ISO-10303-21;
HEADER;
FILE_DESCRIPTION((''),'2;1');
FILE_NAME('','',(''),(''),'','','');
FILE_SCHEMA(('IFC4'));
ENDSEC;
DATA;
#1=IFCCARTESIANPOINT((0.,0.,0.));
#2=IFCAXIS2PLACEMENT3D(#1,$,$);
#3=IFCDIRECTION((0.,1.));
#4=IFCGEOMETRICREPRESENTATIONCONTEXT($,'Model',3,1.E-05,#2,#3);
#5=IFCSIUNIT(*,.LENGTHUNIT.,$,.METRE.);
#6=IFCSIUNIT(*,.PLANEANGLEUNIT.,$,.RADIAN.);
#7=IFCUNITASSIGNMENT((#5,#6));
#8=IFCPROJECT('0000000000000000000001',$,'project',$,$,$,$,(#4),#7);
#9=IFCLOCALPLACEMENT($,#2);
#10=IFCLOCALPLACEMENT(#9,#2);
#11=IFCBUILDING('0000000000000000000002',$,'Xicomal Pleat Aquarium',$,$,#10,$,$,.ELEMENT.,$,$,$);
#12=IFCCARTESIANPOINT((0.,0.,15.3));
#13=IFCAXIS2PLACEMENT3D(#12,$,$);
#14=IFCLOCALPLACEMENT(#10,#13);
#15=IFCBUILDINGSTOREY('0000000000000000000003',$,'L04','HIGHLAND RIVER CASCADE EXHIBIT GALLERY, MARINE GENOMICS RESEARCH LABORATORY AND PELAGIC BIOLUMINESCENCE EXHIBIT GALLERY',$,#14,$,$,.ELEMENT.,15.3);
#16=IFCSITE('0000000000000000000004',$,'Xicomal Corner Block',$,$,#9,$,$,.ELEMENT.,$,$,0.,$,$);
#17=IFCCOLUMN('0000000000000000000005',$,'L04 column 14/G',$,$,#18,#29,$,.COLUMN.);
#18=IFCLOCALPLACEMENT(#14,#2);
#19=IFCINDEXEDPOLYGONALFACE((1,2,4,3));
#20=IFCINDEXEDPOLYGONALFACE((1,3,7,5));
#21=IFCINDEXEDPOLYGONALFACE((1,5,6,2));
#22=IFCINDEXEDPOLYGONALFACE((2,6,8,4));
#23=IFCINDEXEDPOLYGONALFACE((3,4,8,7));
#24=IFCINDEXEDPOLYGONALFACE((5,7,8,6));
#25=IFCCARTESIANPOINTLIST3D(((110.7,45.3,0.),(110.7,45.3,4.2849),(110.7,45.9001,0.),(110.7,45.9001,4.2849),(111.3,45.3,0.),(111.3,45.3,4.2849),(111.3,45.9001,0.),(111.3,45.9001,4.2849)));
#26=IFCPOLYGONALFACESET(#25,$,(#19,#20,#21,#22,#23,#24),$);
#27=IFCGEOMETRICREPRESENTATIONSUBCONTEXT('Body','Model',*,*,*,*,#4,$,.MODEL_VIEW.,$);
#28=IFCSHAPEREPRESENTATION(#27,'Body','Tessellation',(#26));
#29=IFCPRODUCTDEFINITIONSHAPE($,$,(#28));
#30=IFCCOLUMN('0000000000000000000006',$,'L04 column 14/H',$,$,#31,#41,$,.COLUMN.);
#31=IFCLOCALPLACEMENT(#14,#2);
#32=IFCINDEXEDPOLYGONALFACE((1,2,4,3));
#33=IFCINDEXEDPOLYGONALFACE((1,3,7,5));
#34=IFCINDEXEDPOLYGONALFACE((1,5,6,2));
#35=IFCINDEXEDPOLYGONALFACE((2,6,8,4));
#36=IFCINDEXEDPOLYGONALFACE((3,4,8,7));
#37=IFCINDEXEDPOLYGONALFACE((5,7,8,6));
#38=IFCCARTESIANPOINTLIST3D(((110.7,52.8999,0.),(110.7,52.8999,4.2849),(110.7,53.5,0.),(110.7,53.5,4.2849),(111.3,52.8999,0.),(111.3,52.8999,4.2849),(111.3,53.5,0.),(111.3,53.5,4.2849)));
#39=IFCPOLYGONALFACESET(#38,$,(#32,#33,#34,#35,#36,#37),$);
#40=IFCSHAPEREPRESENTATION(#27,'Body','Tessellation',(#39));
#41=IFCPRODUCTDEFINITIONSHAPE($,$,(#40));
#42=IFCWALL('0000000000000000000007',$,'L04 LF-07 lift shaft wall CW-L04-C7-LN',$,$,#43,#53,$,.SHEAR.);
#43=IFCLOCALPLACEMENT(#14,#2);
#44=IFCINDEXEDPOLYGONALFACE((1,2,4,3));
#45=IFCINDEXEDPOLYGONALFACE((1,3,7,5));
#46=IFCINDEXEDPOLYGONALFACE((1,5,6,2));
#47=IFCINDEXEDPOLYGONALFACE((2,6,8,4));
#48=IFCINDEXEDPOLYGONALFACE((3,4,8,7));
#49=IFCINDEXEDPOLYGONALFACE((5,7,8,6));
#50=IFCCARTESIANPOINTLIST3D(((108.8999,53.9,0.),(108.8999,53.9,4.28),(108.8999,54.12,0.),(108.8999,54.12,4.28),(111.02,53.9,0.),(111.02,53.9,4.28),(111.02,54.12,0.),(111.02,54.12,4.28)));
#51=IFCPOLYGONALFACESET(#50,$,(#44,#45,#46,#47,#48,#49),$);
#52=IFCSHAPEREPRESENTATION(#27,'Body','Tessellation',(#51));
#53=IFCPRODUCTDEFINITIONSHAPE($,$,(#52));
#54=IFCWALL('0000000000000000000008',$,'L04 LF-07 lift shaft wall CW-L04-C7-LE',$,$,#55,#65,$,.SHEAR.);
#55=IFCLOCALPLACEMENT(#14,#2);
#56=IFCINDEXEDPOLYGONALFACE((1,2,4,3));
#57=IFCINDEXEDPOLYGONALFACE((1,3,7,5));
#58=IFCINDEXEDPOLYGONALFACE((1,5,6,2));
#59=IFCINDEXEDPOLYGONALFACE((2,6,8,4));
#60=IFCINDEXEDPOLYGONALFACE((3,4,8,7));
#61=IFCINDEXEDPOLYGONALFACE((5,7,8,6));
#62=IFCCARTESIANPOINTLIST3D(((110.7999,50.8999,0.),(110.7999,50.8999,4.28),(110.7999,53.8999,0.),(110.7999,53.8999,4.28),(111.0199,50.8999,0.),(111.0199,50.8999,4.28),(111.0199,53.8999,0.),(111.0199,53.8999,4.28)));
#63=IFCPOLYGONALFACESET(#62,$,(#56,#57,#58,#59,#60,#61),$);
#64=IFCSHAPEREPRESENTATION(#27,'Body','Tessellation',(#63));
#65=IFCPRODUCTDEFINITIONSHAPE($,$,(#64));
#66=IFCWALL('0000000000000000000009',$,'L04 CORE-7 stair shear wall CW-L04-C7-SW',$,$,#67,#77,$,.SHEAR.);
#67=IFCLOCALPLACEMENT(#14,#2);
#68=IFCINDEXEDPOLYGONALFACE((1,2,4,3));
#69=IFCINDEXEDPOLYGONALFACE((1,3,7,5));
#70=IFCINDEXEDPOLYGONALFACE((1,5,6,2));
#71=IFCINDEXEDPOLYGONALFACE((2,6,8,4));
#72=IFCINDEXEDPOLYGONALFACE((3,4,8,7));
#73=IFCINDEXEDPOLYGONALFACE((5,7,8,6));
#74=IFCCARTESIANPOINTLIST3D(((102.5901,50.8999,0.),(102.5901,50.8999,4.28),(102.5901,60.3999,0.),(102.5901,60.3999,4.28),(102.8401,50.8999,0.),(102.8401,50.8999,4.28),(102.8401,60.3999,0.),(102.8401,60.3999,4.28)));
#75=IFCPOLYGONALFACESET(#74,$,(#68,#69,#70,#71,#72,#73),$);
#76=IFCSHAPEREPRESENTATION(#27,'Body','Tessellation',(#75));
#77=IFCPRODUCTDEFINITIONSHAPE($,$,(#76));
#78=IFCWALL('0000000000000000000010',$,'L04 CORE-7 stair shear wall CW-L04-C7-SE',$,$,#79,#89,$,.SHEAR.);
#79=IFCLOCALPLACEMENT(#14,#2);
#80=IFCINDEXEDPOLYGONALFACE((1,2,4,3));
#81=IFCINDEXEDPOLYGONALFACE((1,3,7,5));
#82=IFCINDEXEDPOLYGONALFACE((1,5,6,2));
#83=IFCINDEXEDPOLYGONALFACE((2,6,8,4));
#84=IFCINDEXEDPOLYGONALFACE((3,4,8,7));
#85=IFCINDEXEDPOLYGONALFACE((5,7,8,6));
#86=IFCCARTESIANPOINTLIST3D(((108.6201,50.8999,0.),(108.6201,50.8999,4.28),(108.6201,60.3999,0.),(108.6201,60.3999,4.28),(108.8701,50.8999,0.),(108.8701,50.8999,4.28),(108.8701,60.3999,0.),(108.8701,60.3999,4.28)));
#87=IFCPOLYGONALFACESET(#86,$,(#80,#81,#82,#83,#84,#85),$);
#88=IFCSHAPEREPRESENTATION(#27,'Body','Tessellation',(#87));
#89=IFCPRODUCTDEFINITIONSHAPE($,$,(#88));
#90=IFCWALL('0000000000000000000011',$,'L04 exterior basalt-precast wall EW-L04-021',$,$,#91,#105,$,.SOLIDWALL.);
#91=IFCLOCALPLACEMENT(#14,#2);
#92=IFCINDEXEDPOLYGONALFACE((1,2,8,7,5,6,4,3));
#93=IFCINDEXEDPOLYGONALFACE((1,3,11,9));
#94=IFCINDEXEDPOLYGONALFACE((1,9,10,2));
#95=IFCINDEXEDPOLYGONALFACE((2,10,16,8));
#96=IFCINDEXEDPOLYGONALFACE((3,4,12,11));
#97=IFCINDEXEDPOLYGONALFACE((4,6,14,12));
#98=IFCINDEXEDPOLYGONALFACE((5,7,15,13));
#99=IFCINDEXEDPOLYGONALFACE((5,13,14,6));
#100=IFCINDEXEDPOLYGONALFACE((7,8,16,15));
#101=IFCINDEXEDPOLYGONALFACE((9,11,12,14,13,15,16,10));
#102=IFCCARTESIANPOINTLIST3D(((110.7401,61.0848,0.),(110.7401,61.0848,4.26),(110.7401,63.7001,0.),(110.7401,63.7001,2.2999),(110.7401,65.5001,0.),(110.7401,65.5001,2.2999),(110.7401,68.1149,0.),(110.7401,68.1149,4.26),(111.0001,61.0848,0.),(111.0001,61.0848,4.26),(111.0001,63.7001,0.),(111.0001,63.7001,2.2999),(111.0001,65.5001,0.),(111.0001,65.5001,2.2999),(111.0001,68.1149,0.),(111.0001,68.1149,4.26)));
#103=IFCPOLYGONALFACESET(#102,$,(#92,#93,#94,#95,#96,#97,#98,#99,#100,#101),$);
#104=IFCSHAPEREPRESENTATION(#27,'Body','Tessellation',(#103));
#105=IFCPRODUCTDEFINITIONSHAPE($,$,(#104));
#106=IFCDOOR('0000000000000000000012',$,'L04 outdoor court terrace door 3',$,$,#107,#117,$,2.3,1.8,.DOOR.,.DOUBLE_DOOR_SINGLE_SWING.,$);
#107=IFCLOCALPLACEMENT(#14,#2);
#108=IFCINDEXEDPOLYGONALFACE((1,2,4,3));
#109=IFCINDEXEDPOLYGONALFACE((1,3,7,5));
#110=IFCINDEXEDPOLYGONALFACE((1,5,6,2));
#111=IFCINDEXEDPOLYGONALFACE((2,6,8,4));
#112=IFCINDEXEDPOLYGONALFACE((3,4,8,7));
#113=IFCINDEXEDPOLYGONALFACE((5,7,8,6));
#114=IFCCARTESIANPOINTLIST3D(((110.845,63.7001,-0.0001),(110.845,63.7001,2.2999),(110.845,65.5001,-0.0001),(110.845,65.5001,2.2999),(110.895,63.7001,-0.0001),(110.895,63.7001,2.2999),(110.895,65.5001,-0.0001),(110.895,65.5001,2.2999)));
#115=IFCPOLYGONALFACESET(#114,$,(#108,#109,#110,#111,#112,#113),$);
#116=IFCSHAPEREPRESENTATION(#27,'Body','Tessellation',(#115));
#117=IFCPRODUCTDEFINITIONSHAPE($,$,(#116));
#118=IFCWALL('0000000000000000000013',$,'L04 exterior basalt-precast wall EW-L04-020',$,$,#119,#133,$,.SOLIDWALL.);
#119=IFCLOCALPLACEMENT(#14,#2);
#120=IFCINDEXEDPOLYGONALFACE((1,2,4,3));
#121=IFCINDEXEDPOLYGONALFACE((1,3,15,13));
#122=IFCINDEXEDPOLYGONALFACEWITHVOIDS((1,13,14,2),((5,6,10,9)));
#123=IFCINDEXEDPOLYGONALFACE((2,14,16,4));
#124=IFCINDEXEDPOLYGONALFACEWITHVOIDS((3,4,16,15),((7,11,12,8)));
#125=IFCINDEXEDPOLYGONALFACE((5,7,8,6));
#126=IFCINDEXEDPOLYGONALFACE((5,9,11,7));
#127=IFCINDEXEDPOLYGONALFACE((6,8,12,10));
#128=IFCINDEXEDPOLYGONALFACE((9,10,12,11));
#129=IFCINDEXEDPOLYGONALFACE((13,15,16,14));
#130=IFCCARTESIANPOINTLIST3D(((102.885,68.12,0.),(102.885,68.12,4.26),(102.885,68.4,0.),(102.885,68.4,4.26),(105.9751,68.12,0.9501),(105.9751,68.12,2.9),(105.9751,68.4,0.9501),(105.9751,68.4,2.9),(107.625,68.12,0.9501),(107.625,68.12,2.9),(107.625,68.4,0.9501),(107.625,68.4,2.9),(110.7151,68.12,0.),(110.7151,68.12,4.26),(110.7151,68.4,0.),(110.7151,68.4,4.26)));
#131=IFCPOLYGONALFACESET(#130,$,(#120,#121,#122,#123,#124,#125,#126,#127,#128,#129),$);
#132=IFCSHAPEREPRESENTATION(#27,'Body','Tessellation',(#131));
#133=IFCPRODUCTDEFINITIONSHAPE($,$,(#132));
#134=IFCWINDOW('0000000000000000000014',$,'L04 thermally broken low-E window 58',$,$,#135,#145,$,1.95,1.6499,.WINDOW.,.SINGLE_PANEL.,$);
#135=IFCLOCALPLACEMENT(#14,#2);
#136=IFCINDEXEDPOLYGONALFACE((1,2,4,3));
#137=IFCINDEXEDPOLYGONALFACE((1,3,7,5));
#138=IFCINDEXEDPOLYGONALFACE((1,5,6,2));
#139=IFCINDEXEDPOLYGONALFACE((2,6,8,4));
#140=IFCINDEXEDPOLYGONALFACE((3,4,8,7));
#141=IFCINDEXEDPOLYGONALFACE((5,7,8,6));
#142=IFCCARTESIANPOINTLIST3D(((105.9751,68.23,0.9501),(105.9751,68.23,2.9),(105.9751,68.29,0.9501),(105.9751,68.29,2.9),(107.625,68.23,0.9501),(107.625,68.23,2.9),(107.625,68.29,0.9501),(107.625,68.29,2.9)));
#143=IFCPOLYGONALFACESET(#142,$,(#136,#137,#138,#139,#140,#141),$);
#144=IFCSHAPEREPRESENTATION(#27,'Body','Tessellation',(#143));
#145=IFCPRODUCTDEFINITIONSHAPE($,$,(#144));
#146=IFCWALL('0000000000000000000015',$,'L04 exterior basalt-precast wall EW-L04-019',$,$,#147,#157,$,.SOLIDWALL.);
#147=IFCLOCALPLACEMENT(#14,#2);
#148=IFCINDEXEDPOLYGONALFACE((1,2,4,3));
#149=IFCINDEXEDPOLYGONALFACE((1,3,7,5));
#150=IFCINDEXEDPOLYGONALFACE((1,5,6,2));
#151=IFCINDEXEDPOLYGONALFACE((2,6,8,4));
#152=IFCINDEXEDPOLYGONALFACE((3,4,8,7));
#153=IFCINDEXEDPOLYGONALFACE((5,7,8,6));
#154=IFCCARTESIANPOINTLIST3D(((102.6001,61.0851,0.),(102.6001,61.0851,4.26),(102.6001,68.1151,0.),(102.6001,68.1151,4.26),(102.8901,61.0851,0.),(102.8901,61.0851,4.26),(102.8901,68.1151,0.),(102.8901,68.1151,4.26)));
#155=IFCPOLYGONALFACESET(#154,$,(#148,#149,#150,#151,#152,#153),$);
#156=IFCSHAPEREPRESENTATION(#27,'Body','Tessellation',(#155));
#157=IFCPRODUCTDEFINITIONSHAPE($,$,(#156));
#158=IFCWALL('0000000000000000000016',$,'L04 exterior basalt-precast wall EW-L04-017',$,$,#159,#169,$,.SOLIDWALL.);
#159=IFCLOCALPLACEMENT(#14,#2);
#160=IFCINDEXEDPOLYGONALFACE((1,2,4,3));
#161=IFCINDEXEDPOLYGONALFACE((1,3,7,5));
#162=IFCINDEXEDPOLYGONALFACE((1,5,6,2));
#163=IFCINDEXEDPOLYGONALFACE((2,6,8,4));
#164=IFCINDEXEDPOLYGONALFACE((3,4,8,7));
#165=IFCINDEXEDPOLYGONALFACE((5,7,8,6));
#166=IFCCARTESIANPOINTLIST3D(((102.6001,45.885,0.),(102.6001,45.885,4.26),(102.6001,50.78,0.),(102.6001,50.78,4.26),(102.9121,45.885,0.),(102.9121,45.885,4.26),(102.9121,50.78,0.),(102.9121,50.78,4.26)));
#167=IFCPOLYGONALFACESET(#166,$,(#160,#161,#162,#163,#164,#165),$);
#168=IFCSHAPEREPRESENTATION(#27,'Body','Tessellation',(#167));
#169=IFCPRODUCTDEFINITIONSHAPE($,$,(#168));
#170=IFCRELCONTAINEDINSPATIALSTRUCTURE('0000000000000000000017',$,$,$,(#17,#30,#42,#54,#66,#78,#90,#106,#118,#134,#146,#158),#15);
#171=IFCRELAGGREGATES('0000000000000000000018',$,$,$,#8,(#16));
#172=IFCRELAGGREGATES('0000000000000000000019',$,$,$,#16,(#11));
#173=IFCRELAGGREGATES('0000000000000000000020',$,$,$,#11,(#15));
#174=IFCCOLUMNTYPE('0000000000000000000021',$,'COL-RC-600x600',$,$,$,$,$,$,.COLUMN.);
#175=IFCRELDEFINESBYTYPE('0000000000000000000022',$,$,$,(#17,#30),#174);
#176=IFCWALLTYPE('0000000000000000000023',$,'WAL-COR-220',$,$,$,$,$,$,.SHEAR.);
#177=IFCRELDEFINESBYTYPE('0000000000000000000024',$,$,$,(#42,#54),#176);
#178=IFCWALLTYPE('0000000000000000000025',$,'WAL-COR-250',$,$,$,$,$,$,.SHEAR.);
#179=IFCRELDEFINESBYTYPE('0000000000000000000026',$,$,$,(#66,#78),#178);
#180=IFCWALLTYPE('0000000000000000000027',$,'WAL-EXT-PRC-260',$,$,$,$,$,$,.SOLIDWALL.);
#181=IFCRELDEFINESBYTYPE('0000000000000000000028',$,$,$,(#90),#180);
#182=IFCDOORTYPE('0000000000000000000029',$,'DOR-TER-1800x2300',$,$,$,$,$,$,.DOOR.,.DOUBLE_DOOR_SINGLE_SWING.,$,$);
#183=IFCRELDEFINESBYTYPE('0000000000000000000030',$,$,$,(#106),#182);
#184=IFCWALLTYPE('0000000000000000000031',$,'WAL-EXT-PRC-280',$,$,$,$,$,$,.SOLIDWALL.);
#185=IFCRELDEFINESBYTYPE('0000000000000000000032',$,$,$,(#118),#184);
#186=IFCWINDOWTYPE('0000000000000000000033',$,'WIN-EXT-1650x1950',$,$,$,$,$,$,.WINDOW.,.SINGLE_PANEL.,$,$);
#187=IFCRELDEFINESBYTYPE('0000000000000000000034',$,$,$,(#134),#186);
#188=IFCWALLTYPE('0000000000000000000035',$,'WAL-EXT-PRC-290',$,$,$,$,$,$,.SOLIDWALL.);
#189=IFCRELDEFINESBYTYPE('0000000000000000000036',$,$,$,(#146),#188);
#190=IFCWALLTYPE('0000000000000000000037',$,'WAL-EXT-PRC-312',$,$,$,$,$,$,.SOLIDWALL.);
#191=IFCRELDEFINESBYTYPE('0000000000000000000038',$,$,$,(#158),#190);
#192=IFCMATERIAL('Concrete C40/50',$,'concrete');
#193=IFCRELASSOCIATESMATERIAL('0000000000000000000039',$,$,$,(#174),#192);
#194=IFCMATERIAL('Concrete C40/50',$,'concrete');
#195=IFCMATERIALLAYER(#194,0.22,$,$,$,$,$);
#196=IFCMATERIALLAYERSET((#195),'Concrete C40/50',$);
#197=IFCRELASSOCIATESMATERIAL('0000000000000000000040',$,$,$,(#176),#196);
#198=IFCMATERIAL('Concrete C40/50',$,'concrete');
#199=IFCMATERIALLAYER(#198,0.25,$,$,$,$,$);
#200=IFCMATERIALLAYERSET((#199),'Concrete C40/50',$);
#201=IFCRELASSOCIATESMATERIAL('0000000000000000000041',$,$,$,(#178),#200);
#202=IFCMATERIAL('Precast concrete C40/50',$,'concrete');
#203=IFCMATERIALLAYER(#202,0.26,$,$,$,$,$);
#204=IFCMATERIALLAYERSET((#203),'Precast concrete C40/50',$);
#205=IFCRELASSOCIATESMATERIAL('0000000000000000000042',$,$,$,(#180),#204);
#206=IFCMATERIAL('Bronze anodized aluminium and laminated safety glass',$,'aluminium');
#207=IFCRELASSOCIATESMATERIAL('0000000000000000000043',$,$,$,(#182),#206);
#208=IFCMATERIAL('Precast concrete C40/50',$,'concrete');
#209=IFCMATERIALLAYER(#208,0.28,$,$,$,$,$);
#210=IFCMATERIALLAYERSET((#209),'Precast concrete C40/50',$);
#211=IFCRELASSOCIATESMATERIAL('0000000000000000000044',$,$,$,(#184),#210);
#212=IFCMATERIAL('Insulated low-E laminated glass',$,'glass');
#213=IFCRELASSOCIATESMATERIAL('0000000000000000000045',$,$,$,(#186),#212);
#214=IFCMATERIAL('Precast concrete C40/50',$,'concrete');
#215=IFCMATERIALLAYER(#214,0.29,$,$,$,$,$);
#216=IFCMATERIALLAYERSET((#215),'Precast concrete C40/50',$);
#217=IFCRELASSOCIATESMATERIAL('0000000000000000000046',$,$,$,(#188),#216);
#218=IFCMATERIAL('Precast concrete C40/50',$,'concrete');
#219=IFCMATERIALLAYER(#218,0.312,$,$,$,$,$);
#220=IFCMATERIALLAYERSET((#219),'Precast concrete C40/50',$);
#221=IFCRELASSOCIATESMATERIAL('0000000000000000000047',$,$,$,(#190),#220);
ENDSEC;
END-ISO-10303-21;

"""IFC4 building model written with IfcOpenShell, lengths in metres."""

from ifc_helpers import new_model, si_unit, direction, frame, frame_2d, origin, origin_2d, place, context, subcontext, project, spatial, rectangle, extrude, material, layer, layer_set, material_profile, profile_set, type_object, element, fill, save


model = new_model("IFC4")

# Units and contexts
model_context = context("Model", 3, precision=1e-05, world=origin(), true_north=direction((0.0, 1.0)))
body_context = subcontext(model_context, "Body", "Model", "MODEL_VIEW")
ifc_project = project(units=[si_unit("LENGTHUNIT", "METRE"), si_unit("PLANEANGLEUNIT", "RADIAN")], contexts=[model_context])

# Site, building, storey
site_placement = place(None, origin())
site = spatial("IfcSite", under=ifc_project, at=site_placement, Name="Xicomal Corner Block", CompositionType="ELEMENT", RefElevation=0.0)
building_placement = place(site_placement, origin())
building = spatial("IfcBuilding", under=site, at=building_placement, Name="Xicomal Pleat Aquarium", CompositionType="ELEMENT")
storey_placement = place(building_placement, frame((0.0, 0.0, 15.3)))
storey = spatial("IfcBuildingStorey", under=building, at=storey_placement, Name="L04", Description="HIGHLAND RIVER CASCADE EXHIBIT GALLERY, MARINE GENOMICS RESEARCH LABORATORY AND PELAGIC BIOLUMINESCENCE EXHIBIT GALLERY", CompositionType="ELEMENT", Elevation=15.3)

# Columns
ifc_material_1 = material(Name="Concrete C40/50", Category="concrete")
ifc_material_profile = material_profile(ifc_material_1, rectangle(XDim=0.6001, YDim=0.6001, at=origin_2d()), Name="RC 600x600")
ifc_profile_set = profile_set([ifc_material_profile], Name="Concrete C40/50")
column_type = type_object("IfcColumnType", Name="COL-RC-600x600", PredefinedType="COLUMN", material=ifc_profile_set)
for number, where, z_axis, x_axis, name in (
    (1, (111.0, 45.6001, 0.0), (0.0, 0.0, 1.0), (1.0, 0.0, 0.0), "L04 column 14/G"),
    (2, (111.0, 53.2, 0.0), (0.0, 0.0, 1.0), (1.0, 0.0, 0.0), "L04 column 14/H"),
):
    element("IfcColumn", number, at=place(storey_placement, frame(where, z_axis=z_axis, x_axis=x_axis)), inside=storey, type_object=column_type, Name=name, PredefinedType="COLUMN", context=body_context, shape_type="SweptSolid", body=[
        extrude(rectangle(XDim=0.6001, YDim=0.6001, at=origin_2d()), origin(), (0.0, 0.0, 1.0), 4.2849),
    ])

# Shared definitions
ifc_material_2 = material(Name="Concrete C40/50", Category="concrete")
ifc_layer_1 = layer(ifc_material_2, 0.22)
ifc_layer_set_1 = layer_set([ifc_layer_1], Name="Concrete C40/50")
wall_type_1 = type_object("IfcWallType", Name="WAL-COR-220", PredefinedType="SHEAR", material=ifc_layer_set_1)

# Walls
wall_1_placement = place(storey_placement, frame((108.8999, 54.01, 0.0), z_axis=(0.0, 0.0, 1.0), x_axis=(1.0, 0.0, 0.0)))
element("IfcWall", 3, at=wall_1_placement, inside=storey, type_object=wall_type_1, Name="L04 LF-07 lift shaft wall CW-L04-C7-LN", PredefinedType="SHEAR", context=body_context, shape_type="SweptSolid", body=[
    extrude(rectangle(XDim=2.1201, YDim=0.22, at=frame_2d((1.0601, 0.0))), origin(), (0.0, 0.0, 1.0), 4.28),
])
wall_2_placement = place(storey_placement, frame((110.9099, 50.8999, 0.0), z_axis=(0.0, 0.0, 1.0), x_axis=(0.0, 1.0, 0.0)))
element("IfcWall", 4, at=wall_2_placement, inside=storey, type_object=wall_type_1, Name="L04 LF-07 lift shaft wall CW-L04-C7-LE", PredefinedType="SHEAR", context=body_context, shape_type="SweptSolid", body=[
    extrude(rectangle(XDim=3.0, YDim=0.22, at=frame_2d((1.5, 0.0))), origin(), (0.0, 0.0, 1.0), 4.28),
])
ifc_material_3 = material(Name="Concrete C40/50", Category="concrete")
ifc_layer_2 = layer(ifc_material_3, 0.25)
ifc_layer_set_2 = layer_set([ifc_layer_2], Name="Concrete C40/50")
wall_type_2 = type_object("IfcWallType", Name="WAL-COR-250", PredefinedType="SHEAR", material=ifc_layer_set_2)
for number, where, z_axis, x_axis, name in (
    (5, (102.7151, 50.8999, 0.0), (0.0, 0.0, 1.0), (0.0, 1.0, 0.0), "L04 CORE-7 stair shear wall CW-L04-C7-SW"),
    (6, (108.7451, 50.8999, 0.0), (0.0, 0.0, 1.0), (0.0, 1.0, 0.0), "L04 CORE-7 stair shear wall CW-L04-C7-SE"),
):
    element("IfcWall", number, at=place(storey_placement, frame(where, z_axis=z_axis, x_axis=x_axis)), inside=storey, type_object=wall_type_2, Name=name, PredefinedType="SHEAR", context=body_context, shape_type="SweptSolid", body=[
        extrude(rectangle(XDim=9.5, YDim=0.25, at=frame_2d((4.75, 0.0))), origin(), (0.0, 0.0, 1.0), 4.28),
    ])

# Wall, opening, door
ifc_material_4 = material(Name="Precast concrete C40/50", Category="concrete")
ifc_layer_3 = layer(ifc_material_4, 0.26)
ifc_layer_set_3 = layer_set([ifc_layer_3], Name="Precast concrete C40/50")
wall_type_3 = type_object("IfcWallType", Name="WAL-EXT-PRC-260", PredefinedType="SOLIDWALL", material=ifc_layer_set_3)
wall_3_placement = place(storey_placement, frame((110.8701, 68.115, 0.0), z_axis=(0.0, 0.0, 1.0), x_axis=(0.0, -1.0, 0.0)))
wall_3 = element("IfcWall", 7, at=wall_3_placement, inside=storey, type_object=wall_type_3, Name="L04 exterior basalt-precast wall EW-L04-021", PredefinedType="SOLIDWALL", context=body_context, shape_type="SweptSolid", body=[
    extrude(rectangle(XDim=7.03, YDim=0.26, at=frame_2d((3.5151, 0.0))), origin(), (0.0, 0.0, 1.0), 4.26),
])
opening_1_placement = place(wall_3_placement, frame((2.615, 0.0, 0.0)))
opening_1 = element("IfcOpeningElement", 8, at=opening_1_placement, cuts=wall_3, PredefinedType="OPENING", context=body_context, shape_type="SweptSolid", body=[
    extrude(rectangle(XDim=1.8, YDim=2.3, at=frame_2d((0.8999, 1.1499))), frame((0.0, 0.1399, 0.0), z_axis=(0.0, -1.0, 0.0), x_axis=(1.0, 0.0, 0.0)), (0.0, 0.0, 1.0), 0.28),
])
ifc_material_5 = material(Name="Bronze anodized aluminium and laminated safety glass", Category="aluminium")
door_type_1 = type_object("IfcDoorType", Name="DOR-TER-1800x2300", OperationType="DOUBLE_DOOR_SINGLE_SWING", PredefinedType="DOOR", material=ifc_material_5)
door_1_placement = place(opening_1_placement, origin())
door_1 = element("IfcDoor", 9, at=door_1_placement, inside=storey, type_object=door_type_1, Name="L04 outdoor court terrace door 3", OperationType="DOUBLE_DOOR_SINGLE_SWING", OverallHeight=2.3, OverallWidth=1.8, PredefinedType="DOOR", context=body_context, shape_type="SweptSolid", body=[
    extrude(rectangle(XDim=1.8, YDim=2.3, at=frame_2d((0.8999, 1.1499))), frame((0.0, 0.0249, 0.0), z_axis=(0.0, -1.0, 0.0), x_axis=(1.0, 0.0, 0.0)), (0.0, 0.0, 1.0), 0.05),
])
fill(opening_1, door_1)

# Wall, opening, window
ifc_material_6 = material(Name="Precast concrete C40/50", Category="concrete")
ifc_layer_4 = layer(ifc_material_6, 0.28)
ifc_layer_set_4 = layer_set([ifc_layer_4], Name="Precast concrete C40/50")
wall_type_4 = type_object("IfcWallType", Name="WAL-EXT-PRC-280", PredefinedType="SOLIDWALL", material=ifc_layer_set_4)
wall_4_placement = place(storey_placement, frame((102.885, 68.26, 0.0), z_axis=(0.0, 0.0, 1.0), x_axis=(1.0, 0.0, 0.0)))
wall_4 = element("IfcWall", 10, at=wall_4_placement, inside=storey, type_object=wall_type_4, Name="L04 exterior basalt-precast wall EW-L04-020", PredefinedType="SOLIDWALL", context=body_context, shape_type="SweptSolid", body=[
    extrude(rectangle(XDim=7.8301, YDim=0.28, at=frame_2d((3.915, 0.0))), origin(), (0.0, 0.0, 1.0), 4.26),
])
opening_2_placement = place(wall_4_placement, frame((3.0901, 0.0, 0.95)))
opening_2 = element("IfcOpeningElement", 11, at=opening_2_placement, cuts=wall_4, PredefinedType="OPENING", context=body_context, shape_type="SweptSolid", body=[
    extrude(rectangle(XDim=1.6499, YDim=1.95, at=frame_2d((0.825, 0.9751))), frame((0.0, 0.1499, 0.0), z_axis=(0.0, -1.0, 0.0), x_axis=(1.0, 0.0, 0.0)), (0.0, 0.0, 1.0), 0.3),
])
ifc_material_7 = material(Name="Insulated low-E laminated glass", Category="glass")
window_type_1 = type_object("IfcWindowType", Name="WIN-EXT-1650x1950", PartitioningType="SINGLE_PANEL", PredefinedType="WINDOW", material=ifc_material_7)
window_1_placement = place(opening_2_placement, origin())
window_1 = element("IfcWindow", 12, at=window_1_placement, inside=storey, type_object=window_type_1, Name="L04 thermally broken low-E window 58", OverallHeight=1.95, OverallWidth=1.6499, PartitioningType="SINGLE_PANEL", PredefinedType="WINDOW", context=body_context, shape_type="SweptSolid", body=[
    extrude(rectangle(XDim=1.6499, YDim=1.95, at=frame_2d((0.825, 0.9751))), frame((0.0, 0.03, 0.0), z_axis=(0.0, -1.0, 0.0), x_axis=(1.0, 0.0, 0.0)), (0.0, 0.0, 1.0), 0.0601),
])
fill(opening_2, window_1)

# Walls
ifc_material_8 = material(Name="Precast concrete C40/50", Category="concrete")
ifc_layer_5 = layer(ifc_material_8, 0.29)
ifc_layer_set_5 = layer_set([ifc_layer_5], Name="Precast concrete C40/50")
wall_type_5 = type_object("IfcWallType", Name="WAL-EXT-PRC-290", PredefinedType="SOLIDWALL", material=ifc_layer_set_5)
wall_5_placement = place(storey_placement, frame((102.7451, 61.085, 0.0), z_axis=(0.0, 0.0, 1.0), x_axis=(0.0, 1.0, 0.0)))
element("IfcWall", 13, at=wall_5_placement, inside=storey, type_object=wall_type_5, Name="L04 exterior basalt-precast wall EW-L04-019", PredefinedType="SOLIDWALL", context=body_context, shape_type="SweptSolid", body=[
    extrude(rectangle(XDim=7.03, YDim=0.29, at=frame_2d((3.5151, 0.0))), origin(), (0.0, 0.0, 1.0), 4.26),
])
ifc_material_9 = material(Name="Precast concrete C40/50", Category="concrete")
ifc_layer_6 = layer(ifc_material_9, 0.312)
ifc_layer_set_6 = layer_set([ifc_layer_6], Name="Precast concrete C40/50")
wall_type_6 = type_object("IfcWallType", Name="WAL-EXT-PRC-312", PredefinedType="SOLIDWALL", material=ifc_layer_set_6)
wall_6_placement = place(storey_placement, frame((102.7561, 45.885, 0.0), z_axis=(0.0, 0.0, 1.0), x_axis=(0.0, 1.0, 0.0)))
element("IfcWall", 14, at=wall_6_placement, inside=storey, type_object=wall_type_6, Name="L04 exterior basalt-precast wall EW-L04-017", PredefinedType="SOLIDWALL", context=body_context, shape_type="SweptSolid", body=[
    extrude(rectangle(XDim=4.895, YDim=0.312, at=frame_2d((2.4475, 0.0))), origin(), (0.0, 0.0, 1.0), 4.26),
])

save(model, "model.ifc")
